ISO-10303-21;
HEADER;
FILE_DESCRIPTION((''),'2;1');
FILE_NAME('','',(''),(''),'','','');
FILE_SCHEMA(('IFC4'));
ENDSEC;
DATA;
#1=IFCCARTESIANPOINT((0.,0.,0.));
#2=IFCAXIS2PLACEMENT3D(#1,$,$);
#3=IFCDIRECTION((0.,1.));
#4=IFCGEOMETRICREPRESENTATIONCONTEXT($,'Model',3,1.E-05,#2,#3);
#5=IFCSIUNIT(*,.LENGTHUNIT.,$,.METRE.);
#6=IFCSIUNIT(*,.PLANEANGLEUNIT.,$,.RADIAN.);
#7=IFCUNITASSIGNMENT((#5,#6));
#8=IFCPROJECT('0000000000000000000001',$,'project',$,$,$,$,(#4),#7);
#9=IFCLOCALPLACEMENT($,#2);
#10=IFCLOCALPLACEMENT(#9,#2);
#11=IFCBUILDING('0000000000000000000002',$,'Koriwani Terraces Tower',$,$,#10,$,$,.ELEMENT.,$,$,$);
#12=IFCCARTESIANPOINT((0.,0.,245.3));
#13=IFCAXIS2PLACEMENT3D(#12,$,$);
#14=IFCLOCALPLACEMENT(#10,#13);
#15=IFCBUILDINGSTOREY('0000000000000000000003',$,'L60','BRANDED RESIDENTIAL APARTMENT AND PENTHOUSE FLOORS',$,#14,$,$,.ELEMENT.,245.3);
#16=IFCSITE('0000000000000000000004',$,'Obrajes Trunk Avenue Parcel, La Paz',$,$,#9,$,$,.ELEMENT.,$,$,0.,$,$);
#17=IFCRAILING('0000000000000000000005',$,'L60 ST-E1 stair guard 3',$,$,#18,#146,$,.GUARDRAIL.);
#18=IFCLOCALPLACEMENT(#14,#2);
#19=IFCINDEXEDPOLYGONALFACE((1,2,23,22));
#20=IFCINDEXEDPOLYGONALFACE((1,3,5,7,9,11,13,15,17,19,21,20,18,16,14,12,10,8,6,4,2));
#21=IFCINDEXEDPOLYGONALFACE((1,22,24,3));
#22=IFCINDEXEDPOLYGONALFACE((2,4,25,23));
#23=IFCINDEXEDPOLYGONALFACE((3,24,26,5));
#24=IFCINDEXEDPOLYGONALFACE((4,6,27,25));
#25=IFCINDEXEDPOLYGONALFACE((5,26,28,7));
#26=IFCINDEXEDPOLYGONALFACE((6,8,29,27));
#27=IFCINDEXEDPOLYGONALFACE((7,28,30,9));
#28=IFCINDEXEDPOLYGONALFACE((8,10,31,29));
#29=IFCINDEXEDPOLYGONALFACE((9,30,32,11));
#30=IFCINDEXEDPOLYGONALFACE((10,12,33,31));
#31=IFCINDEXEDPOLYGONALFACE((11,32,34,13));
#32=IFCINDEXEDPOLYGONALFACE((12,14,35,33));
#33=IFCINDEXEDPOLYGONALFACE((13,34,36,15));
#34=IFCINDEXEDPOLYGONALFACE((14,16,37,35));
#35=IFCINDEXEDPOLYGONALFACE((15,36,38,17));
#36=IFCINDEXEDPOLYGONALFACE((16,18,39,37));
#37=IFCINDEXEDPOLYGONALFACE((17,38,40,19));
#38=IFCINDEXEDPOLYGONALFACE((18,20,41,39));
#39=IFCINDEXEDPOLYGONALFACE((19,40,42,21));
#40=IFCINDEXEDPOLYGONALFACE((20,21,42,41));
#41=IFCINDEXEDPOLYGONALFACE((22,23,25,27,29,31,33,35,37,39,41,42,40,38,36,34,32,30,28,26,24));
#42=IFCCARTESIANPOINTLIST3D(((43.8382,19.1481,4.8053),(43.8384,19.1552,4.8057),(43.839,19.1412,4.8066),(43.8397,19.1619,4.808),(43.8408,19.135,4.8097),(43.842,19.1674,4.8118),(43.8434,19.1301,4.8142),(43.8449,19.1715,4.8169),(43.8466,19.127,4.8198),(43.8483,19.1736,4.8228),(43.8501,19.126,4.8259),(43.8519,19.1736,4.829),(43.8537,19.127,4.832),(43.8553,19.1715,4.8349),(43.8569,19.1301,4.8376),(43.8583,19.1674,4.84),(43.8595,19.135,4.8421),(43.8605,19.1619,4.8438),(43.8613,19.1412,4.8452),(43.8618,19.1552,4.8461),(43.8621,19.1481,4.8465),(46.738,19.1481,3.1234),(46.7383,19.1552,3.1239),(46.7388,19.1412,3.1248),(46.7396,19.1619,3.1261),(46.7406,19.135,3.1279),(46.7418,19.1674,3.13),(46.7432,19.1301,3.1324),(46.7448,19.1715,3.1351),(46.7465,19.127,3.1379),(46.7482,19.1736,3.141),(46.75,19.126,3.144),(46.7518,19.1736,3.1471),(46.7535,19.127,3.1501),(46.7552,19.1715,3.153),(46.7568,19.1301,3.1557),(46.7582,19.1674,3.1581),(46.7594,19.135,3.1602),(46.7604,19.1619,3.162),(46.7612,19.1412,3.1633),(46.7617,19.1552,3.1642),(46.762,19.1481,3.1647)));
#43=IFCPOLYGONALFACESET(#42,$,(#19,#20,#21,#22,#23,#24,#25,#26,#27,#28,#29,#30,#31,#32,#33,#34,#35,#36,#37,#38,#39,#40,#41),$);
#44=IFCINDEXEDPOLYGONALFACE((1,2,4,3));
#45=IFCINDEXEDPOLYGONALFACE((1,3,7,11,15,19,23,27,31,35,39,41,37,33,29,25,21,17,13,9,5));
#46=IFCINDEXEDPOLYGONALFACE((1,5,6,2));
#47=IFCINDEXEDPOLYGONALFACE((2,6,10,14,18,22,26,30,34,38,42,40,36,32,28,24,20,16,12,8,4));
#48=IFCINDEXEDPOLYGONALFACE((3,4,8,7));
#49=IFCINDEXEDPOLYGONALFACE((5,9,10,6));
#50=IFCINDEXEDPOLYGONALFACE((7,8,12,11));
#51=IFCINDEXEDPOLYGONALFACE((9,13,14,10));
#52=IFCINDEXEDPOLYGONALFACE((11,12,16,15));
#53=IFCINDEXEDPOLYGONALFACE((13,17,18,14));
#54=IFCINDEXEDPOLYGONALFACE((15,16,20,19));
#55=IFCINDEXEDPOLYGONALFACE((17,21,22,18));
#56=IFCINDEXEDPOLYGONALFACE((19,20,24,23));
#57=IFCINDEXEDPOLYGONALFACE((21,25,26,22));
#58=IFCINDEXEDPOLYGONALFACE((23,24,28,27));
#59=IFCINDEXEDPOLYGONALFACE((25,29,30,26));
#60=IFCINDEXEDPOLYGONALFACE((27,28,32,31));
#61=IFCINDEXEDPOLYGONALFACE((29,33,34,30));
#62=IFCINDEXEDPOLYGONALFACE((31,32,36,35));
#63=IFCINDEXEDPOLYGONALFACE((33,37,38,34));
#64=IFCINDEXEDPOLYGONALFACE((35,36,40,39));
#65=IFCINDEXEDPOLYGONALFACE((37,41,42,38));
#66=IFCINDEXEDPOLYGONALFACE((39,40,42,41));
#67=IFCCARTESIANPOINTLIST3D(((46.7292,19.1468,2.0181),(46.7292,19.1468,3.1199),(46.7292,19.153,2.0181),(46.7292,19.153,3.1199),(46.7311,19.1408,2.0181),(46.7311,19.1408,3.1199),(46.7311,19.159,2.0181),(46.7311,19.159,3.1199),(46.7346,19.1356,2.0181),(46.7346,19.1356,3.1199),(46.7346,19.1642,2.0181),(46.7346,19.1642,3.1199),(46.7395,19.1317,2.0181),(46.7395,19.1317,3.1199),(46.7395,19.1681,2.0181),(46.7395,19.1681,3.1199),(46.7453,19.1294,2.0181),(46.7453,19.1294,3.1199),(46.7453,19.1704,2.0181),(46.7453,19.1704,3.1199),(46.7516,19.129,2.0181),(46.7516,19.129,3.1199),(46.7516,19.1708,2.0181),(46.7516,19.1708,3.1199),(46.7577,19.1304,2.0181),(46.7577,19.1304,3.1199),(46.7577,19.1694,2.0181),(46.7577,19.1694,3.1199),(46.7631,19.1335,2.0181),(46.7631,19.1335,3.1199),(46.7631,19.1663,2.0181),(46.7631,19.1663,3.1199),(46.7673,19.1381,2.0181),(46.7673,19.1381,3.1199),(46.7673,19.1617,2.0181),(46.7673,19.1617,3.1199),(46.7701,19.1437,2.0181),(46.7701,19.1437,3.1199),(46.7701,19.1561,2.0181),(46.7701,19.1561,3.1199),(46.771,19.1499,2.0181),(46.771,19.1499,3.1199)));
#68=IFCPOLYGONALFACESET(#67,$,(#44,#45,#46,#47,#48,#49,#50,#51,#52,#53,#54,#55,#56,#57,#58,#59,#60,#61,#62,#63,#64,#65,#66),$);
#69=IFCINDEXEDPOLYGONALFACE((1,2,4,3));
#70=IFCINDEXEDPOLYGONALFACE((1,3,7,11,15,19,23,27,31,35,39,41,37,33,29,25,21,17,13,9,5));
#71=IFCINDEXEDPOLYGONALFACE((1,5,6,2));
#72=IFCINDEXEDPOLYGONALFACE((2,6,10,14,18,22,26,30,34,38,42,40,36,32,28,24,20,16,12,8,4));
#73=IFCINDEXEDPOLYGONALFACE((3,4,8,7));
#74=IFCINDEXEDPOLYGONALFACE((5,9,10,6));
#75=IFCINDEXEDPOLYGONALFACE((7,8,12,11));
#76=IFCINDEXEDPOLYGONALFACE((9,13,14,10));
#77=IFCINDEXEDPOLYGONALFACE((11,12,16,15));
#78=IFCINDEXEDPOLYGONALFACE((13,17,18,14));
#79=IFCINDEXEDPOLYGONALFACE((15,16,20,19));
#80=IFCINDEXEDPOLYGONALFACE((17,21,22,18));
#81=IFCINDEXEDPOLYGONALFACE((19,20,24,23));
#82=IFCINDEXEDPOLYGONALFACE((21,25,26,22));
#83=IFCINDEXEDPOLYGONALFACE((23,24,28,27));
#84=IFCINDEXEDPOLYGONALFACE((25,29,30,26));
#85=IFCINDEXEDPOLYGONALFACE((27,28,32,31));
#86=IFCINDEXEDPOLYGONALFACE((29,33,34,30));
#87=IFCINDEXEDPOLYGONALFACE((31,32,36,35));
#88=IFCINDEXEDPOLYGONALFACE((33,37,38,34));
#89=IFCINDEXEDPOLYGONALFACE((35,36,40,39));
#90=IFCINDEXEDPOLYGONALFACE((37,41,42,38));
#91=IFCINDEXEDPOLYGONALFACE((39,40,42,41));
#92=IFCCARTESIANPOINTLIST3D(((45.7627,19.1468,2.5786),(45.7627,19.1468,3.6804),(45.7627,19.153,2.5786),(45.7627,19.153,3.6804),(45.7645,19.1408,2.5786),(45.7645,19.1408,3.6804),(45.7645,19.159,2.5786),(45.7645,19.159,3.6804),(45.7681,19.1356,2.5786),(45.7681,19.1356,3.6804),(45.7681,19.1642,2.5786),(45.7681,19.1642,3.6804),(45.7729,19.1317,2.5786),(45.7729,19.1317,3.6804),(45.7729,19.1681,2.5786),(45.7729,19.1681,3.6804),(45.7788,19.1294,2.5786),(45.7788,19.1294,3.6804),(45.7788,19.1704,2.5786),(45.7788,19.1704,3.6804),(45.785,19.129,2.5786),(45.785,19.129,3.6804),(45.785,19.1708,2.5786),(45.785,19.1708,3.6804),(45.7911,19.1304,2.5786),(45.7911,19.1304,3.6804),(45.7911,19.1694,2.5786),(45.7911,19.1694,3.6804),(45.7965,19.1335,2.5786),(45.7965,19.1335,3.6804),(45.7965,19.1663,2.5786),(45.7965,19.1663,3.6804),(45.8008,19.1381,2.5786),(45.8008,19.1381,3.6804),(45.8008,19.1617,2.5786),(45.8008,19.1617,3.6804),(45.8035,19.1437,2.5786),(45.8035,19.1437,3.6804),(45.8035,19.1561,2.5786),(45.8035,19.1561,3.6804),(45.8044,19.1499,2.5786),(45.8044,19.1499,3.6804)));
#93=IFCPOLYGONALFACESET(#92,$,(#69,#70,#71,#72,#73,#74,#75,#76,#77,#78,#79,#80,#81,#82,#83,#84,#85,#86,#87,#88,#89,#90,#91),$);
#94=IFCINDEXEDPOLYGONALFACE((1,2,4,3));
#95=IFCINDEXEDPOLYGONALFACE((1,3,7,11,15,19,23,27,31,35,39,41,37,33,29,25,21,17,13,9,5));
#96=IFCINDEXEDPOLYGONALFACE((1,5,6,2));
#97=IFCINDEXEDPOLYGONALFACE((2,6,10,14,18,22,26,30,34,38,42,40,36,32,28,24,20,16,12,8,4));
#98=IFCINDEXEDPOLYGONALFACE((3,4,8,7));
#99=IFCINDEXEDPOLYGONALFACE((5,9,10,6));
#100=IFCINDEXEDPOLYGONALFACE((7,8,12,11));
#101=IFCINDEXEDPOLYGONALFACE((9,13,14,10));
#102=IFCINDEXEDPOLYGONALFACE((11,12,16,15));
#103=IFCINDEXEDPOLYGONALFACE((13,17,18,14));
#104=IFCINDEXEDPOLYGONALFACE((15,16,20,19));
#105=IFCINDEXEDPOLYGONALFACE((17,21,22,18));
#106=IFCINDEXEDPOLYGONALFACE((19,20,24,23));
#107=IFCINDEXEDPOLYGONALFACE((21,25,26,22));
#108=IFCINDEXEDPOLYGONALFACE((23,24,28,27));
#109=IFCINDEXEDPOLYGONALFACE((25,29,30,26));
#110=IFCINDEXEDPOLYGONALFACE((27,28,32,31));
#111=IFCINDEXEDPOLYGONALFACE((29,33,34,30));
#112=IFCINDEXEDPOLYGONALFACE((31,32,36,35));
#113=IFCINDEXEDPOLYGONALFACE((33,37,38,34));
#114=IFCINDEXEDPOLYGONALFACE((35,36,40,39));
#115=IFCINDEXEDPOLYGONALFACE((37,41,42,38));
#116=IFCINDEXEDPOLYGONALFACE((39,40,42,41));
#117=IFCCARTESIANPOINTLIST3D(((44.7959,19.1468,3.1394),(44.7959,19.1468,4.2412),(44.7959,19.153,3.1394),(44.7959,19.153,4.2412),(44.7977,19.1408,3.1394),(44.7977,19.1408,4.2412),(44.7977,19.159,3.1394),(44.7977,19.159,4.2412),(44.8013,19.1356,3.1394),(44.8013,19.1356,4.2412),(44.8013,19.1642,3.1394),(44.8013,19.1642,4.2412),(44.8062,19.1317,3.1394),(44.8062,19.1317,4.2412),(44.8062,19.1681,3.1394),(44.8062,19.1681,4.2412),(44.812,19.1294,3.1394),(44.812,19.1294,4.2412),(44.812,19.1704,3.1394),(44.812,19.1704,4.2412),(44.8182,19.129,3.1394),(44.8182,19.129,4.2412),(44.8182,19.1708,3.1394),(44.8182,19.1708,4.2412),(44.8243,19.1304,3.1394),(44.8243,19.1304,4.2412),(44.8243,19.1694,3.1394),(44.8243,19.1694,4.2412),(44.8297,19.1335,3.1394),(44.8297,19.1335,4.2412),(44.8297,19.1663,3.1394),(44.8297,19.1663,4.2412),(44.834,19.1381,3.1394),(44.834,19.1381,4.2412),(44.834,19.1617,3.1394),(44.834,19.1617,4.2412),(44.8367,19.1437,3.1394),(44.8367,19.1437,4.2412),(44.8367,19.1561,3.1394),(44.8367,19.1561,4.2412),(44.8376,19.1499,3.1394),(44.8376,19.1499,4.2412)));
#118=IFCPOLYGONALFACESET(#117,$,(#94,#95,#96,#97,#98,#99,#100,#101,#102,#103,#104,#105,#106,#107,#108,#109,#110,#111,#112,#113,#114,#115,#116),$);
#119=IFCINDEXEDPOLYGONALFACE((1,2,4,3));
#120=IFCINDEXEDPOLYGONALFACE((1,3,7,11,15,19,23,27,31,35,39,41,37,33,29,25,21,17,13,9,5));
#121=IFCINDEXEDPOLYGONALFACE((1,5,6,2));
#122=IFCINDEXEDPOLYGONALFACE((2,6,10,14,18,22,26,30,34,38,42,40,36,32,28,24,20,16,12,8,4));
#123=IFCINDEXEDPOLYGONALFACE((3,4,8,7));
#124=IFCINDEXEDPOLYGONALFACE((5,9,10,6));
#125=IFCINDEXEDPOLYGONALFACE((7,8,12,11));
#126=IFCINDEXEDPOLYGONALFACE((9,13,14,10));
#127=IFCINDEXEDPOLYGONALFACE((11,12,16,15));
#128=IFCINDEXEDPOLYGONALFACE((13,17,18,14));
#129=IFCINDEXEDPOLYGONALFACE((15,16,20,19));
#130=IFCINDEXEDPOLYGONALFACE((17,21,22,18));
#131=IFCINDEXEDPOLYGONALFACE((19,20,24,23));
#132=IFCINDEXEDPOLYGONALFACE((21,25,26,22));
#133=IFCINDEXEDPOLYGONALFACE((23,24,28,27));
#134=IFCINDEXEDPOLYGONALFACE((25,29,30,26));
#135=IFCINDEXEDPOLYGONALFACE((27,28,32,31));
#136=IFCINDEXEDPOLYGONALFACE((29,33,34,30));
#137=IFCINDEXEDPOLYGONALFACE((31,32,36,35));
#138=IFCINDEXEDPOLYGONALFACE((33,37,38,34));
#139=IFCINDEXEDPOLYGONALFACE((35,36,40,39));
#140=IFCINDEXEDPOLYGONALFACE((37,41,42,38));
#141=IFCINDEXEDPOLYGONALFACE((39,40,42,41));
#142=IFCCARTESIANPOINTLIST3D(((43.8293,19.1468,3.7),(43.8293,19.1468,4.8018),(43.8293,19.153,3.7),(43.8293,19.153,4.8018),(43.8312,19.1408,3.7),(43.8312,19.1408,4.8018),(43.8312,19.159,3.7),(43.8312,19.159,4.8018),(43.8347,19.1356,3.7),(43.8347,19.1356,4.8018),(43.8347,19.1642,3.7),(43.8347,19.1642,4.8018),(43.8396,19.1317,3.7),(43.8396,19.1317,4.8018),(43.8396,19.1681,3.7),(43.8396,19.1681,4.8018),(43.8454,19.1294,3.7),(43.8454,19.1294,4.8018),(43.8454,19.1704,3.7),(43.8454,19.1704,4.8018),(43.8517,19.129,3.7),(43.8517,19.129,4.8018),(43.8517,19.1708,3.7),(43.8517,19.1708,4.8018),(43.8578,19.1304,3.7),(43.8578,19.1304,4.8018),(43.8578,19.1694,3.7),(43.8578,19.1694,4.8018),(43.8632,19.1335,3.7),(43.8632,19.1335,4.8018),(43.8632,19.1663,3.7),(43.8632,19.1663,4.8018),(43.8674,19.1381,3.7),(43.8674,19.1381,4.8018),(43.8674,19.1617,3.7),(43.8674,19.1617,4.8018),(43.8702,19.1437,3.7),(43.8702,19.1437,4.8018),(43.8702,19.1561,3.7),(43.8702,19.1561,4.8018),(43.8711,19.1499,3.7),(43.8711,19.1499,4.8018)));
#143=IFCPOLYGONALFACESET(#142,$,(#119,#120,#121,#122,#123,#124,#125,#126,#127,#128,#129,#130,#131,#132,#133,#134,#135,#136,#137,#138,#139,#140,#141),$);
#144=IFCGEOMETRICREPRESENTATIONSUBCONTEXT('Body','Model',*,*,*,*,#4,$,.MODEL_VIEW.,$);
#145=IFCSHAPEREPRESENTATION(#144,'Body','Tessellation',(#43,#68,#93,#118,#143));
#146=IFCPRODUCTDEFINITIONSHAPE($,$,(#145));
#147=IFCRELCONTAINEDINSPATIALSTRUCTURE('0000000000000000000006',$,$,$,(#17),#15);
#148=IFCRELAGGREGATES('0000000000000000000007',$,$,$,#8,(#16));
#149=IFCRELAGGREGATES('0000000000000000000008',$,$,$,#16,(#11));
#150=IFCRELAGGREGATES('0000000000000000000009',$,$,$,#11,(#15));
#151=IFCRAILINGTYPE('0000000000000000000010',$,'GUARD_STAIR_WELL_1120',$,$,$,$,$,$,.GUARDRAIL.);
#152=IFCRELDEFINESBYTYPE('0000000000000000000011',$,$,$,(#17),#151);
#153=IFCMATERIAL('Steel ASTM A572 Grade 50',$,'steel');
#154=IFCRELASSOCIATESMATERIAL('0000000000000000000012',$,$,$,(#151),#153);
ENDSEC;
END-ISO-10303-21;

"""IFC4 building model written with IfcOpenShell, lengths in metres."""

from ifc_helpers import new_model, si_unit, direction, frame, origin, origin_2d, place, context, subcontext, project, spatial, circle, extrude, material, type_object, element, save


model = new_model("IFC4")

# Units and contexts
model_context = context("Model", 3, precision=1e-05, world=origin(), true_north=direction((0.0, 1.0)))
body_context = subcontext(model_context, "Body", "Model", "MODEL_VIEW")
ifc_project = project(units=[si_unit("LENGTHUNIT", "METRE"), si_unit("PLANEANGLEUNIT", "RADIAN")], contexts=[model_context])

# Site, building, storey
site_placement = place(None, origin())
site = spatial("IfcSite", under=ifc_project, at=site_placement, Name="Obrajes Trunk Avenue Parcel, La Paz", CompositionType="ELEMENT", RefElevation=0.0)
building_placement = place(site_placement, origin())
building = spatial("IfcBuilding", under=site, at=building_placement, Name="Koriwani Terraces Tower", CompositionType="ELEMENT")
storey_placement = place(building_placement, frame((0.0, 0.0, 245.3)))
storey = spatial("IfcBuildingStorey", under=building, at=storey_placement, Name="L60", Description="BRANDED RESIDENTIAL APARTMENT AND PENTHOUSE FLOORS", CompositionType="ELEMENT", Elevation=245.3)

# Shared definitions
ifc_material_1 = material(Name="Steel ASTM A572 Grade 50", Category="steel")

# Railing
railing_type_1 = type_object("IfcRailingType", Name="GUARD_STAIR_WELL_1120", PredefinedType="GUARDRAIL", material=ifc_material_1)
railing_1_placement = place(storey_placement, frame((46.75, 19.1499, 2.0181)))
element("IfcRailing", 1, at=railing_1_placement, inside=storey, type_object=railing_type_1, Name="L60 ST-E1 stair guard 3", PredefinedType="GUARDRAIL", context=body_context, shape_type="SweptSolid", body=[
    extrude(circle(Radius=0.0239, at=origin_2d()), frame((0.0, 0.0, 1.126), z_axis=(-0.865039, 0.0, 0.501705), x_axis=(0.0, -1.0, 0.0)), (0.0, 0.0, 1.0), 3.3523),
    extrude(circle(Radius=0.021, at=origin_2d()), origin(), (0.0, 0.0, 1.0), 1.1018),
    extrude(circle(Radius=0.021, at=origin_2d()), frame((-0.9666, 0.0, 0.5605)), (0.0, 0.0, 1.0), 1.1018),
    extrude(circle(Radius=0.021, at=origin_2d()), frame((-1.9333, 0.0, 1.1213)), (0.0, 0.0, 1.0), 1.1018),
    extrude(circle(Radius=0.021, at=origin_2d()), frame((-2.8999, 0.0, 1.6819)), (0.0, 0.0, 1.0), 1.1018),
])

save(model, "model.ifc")
